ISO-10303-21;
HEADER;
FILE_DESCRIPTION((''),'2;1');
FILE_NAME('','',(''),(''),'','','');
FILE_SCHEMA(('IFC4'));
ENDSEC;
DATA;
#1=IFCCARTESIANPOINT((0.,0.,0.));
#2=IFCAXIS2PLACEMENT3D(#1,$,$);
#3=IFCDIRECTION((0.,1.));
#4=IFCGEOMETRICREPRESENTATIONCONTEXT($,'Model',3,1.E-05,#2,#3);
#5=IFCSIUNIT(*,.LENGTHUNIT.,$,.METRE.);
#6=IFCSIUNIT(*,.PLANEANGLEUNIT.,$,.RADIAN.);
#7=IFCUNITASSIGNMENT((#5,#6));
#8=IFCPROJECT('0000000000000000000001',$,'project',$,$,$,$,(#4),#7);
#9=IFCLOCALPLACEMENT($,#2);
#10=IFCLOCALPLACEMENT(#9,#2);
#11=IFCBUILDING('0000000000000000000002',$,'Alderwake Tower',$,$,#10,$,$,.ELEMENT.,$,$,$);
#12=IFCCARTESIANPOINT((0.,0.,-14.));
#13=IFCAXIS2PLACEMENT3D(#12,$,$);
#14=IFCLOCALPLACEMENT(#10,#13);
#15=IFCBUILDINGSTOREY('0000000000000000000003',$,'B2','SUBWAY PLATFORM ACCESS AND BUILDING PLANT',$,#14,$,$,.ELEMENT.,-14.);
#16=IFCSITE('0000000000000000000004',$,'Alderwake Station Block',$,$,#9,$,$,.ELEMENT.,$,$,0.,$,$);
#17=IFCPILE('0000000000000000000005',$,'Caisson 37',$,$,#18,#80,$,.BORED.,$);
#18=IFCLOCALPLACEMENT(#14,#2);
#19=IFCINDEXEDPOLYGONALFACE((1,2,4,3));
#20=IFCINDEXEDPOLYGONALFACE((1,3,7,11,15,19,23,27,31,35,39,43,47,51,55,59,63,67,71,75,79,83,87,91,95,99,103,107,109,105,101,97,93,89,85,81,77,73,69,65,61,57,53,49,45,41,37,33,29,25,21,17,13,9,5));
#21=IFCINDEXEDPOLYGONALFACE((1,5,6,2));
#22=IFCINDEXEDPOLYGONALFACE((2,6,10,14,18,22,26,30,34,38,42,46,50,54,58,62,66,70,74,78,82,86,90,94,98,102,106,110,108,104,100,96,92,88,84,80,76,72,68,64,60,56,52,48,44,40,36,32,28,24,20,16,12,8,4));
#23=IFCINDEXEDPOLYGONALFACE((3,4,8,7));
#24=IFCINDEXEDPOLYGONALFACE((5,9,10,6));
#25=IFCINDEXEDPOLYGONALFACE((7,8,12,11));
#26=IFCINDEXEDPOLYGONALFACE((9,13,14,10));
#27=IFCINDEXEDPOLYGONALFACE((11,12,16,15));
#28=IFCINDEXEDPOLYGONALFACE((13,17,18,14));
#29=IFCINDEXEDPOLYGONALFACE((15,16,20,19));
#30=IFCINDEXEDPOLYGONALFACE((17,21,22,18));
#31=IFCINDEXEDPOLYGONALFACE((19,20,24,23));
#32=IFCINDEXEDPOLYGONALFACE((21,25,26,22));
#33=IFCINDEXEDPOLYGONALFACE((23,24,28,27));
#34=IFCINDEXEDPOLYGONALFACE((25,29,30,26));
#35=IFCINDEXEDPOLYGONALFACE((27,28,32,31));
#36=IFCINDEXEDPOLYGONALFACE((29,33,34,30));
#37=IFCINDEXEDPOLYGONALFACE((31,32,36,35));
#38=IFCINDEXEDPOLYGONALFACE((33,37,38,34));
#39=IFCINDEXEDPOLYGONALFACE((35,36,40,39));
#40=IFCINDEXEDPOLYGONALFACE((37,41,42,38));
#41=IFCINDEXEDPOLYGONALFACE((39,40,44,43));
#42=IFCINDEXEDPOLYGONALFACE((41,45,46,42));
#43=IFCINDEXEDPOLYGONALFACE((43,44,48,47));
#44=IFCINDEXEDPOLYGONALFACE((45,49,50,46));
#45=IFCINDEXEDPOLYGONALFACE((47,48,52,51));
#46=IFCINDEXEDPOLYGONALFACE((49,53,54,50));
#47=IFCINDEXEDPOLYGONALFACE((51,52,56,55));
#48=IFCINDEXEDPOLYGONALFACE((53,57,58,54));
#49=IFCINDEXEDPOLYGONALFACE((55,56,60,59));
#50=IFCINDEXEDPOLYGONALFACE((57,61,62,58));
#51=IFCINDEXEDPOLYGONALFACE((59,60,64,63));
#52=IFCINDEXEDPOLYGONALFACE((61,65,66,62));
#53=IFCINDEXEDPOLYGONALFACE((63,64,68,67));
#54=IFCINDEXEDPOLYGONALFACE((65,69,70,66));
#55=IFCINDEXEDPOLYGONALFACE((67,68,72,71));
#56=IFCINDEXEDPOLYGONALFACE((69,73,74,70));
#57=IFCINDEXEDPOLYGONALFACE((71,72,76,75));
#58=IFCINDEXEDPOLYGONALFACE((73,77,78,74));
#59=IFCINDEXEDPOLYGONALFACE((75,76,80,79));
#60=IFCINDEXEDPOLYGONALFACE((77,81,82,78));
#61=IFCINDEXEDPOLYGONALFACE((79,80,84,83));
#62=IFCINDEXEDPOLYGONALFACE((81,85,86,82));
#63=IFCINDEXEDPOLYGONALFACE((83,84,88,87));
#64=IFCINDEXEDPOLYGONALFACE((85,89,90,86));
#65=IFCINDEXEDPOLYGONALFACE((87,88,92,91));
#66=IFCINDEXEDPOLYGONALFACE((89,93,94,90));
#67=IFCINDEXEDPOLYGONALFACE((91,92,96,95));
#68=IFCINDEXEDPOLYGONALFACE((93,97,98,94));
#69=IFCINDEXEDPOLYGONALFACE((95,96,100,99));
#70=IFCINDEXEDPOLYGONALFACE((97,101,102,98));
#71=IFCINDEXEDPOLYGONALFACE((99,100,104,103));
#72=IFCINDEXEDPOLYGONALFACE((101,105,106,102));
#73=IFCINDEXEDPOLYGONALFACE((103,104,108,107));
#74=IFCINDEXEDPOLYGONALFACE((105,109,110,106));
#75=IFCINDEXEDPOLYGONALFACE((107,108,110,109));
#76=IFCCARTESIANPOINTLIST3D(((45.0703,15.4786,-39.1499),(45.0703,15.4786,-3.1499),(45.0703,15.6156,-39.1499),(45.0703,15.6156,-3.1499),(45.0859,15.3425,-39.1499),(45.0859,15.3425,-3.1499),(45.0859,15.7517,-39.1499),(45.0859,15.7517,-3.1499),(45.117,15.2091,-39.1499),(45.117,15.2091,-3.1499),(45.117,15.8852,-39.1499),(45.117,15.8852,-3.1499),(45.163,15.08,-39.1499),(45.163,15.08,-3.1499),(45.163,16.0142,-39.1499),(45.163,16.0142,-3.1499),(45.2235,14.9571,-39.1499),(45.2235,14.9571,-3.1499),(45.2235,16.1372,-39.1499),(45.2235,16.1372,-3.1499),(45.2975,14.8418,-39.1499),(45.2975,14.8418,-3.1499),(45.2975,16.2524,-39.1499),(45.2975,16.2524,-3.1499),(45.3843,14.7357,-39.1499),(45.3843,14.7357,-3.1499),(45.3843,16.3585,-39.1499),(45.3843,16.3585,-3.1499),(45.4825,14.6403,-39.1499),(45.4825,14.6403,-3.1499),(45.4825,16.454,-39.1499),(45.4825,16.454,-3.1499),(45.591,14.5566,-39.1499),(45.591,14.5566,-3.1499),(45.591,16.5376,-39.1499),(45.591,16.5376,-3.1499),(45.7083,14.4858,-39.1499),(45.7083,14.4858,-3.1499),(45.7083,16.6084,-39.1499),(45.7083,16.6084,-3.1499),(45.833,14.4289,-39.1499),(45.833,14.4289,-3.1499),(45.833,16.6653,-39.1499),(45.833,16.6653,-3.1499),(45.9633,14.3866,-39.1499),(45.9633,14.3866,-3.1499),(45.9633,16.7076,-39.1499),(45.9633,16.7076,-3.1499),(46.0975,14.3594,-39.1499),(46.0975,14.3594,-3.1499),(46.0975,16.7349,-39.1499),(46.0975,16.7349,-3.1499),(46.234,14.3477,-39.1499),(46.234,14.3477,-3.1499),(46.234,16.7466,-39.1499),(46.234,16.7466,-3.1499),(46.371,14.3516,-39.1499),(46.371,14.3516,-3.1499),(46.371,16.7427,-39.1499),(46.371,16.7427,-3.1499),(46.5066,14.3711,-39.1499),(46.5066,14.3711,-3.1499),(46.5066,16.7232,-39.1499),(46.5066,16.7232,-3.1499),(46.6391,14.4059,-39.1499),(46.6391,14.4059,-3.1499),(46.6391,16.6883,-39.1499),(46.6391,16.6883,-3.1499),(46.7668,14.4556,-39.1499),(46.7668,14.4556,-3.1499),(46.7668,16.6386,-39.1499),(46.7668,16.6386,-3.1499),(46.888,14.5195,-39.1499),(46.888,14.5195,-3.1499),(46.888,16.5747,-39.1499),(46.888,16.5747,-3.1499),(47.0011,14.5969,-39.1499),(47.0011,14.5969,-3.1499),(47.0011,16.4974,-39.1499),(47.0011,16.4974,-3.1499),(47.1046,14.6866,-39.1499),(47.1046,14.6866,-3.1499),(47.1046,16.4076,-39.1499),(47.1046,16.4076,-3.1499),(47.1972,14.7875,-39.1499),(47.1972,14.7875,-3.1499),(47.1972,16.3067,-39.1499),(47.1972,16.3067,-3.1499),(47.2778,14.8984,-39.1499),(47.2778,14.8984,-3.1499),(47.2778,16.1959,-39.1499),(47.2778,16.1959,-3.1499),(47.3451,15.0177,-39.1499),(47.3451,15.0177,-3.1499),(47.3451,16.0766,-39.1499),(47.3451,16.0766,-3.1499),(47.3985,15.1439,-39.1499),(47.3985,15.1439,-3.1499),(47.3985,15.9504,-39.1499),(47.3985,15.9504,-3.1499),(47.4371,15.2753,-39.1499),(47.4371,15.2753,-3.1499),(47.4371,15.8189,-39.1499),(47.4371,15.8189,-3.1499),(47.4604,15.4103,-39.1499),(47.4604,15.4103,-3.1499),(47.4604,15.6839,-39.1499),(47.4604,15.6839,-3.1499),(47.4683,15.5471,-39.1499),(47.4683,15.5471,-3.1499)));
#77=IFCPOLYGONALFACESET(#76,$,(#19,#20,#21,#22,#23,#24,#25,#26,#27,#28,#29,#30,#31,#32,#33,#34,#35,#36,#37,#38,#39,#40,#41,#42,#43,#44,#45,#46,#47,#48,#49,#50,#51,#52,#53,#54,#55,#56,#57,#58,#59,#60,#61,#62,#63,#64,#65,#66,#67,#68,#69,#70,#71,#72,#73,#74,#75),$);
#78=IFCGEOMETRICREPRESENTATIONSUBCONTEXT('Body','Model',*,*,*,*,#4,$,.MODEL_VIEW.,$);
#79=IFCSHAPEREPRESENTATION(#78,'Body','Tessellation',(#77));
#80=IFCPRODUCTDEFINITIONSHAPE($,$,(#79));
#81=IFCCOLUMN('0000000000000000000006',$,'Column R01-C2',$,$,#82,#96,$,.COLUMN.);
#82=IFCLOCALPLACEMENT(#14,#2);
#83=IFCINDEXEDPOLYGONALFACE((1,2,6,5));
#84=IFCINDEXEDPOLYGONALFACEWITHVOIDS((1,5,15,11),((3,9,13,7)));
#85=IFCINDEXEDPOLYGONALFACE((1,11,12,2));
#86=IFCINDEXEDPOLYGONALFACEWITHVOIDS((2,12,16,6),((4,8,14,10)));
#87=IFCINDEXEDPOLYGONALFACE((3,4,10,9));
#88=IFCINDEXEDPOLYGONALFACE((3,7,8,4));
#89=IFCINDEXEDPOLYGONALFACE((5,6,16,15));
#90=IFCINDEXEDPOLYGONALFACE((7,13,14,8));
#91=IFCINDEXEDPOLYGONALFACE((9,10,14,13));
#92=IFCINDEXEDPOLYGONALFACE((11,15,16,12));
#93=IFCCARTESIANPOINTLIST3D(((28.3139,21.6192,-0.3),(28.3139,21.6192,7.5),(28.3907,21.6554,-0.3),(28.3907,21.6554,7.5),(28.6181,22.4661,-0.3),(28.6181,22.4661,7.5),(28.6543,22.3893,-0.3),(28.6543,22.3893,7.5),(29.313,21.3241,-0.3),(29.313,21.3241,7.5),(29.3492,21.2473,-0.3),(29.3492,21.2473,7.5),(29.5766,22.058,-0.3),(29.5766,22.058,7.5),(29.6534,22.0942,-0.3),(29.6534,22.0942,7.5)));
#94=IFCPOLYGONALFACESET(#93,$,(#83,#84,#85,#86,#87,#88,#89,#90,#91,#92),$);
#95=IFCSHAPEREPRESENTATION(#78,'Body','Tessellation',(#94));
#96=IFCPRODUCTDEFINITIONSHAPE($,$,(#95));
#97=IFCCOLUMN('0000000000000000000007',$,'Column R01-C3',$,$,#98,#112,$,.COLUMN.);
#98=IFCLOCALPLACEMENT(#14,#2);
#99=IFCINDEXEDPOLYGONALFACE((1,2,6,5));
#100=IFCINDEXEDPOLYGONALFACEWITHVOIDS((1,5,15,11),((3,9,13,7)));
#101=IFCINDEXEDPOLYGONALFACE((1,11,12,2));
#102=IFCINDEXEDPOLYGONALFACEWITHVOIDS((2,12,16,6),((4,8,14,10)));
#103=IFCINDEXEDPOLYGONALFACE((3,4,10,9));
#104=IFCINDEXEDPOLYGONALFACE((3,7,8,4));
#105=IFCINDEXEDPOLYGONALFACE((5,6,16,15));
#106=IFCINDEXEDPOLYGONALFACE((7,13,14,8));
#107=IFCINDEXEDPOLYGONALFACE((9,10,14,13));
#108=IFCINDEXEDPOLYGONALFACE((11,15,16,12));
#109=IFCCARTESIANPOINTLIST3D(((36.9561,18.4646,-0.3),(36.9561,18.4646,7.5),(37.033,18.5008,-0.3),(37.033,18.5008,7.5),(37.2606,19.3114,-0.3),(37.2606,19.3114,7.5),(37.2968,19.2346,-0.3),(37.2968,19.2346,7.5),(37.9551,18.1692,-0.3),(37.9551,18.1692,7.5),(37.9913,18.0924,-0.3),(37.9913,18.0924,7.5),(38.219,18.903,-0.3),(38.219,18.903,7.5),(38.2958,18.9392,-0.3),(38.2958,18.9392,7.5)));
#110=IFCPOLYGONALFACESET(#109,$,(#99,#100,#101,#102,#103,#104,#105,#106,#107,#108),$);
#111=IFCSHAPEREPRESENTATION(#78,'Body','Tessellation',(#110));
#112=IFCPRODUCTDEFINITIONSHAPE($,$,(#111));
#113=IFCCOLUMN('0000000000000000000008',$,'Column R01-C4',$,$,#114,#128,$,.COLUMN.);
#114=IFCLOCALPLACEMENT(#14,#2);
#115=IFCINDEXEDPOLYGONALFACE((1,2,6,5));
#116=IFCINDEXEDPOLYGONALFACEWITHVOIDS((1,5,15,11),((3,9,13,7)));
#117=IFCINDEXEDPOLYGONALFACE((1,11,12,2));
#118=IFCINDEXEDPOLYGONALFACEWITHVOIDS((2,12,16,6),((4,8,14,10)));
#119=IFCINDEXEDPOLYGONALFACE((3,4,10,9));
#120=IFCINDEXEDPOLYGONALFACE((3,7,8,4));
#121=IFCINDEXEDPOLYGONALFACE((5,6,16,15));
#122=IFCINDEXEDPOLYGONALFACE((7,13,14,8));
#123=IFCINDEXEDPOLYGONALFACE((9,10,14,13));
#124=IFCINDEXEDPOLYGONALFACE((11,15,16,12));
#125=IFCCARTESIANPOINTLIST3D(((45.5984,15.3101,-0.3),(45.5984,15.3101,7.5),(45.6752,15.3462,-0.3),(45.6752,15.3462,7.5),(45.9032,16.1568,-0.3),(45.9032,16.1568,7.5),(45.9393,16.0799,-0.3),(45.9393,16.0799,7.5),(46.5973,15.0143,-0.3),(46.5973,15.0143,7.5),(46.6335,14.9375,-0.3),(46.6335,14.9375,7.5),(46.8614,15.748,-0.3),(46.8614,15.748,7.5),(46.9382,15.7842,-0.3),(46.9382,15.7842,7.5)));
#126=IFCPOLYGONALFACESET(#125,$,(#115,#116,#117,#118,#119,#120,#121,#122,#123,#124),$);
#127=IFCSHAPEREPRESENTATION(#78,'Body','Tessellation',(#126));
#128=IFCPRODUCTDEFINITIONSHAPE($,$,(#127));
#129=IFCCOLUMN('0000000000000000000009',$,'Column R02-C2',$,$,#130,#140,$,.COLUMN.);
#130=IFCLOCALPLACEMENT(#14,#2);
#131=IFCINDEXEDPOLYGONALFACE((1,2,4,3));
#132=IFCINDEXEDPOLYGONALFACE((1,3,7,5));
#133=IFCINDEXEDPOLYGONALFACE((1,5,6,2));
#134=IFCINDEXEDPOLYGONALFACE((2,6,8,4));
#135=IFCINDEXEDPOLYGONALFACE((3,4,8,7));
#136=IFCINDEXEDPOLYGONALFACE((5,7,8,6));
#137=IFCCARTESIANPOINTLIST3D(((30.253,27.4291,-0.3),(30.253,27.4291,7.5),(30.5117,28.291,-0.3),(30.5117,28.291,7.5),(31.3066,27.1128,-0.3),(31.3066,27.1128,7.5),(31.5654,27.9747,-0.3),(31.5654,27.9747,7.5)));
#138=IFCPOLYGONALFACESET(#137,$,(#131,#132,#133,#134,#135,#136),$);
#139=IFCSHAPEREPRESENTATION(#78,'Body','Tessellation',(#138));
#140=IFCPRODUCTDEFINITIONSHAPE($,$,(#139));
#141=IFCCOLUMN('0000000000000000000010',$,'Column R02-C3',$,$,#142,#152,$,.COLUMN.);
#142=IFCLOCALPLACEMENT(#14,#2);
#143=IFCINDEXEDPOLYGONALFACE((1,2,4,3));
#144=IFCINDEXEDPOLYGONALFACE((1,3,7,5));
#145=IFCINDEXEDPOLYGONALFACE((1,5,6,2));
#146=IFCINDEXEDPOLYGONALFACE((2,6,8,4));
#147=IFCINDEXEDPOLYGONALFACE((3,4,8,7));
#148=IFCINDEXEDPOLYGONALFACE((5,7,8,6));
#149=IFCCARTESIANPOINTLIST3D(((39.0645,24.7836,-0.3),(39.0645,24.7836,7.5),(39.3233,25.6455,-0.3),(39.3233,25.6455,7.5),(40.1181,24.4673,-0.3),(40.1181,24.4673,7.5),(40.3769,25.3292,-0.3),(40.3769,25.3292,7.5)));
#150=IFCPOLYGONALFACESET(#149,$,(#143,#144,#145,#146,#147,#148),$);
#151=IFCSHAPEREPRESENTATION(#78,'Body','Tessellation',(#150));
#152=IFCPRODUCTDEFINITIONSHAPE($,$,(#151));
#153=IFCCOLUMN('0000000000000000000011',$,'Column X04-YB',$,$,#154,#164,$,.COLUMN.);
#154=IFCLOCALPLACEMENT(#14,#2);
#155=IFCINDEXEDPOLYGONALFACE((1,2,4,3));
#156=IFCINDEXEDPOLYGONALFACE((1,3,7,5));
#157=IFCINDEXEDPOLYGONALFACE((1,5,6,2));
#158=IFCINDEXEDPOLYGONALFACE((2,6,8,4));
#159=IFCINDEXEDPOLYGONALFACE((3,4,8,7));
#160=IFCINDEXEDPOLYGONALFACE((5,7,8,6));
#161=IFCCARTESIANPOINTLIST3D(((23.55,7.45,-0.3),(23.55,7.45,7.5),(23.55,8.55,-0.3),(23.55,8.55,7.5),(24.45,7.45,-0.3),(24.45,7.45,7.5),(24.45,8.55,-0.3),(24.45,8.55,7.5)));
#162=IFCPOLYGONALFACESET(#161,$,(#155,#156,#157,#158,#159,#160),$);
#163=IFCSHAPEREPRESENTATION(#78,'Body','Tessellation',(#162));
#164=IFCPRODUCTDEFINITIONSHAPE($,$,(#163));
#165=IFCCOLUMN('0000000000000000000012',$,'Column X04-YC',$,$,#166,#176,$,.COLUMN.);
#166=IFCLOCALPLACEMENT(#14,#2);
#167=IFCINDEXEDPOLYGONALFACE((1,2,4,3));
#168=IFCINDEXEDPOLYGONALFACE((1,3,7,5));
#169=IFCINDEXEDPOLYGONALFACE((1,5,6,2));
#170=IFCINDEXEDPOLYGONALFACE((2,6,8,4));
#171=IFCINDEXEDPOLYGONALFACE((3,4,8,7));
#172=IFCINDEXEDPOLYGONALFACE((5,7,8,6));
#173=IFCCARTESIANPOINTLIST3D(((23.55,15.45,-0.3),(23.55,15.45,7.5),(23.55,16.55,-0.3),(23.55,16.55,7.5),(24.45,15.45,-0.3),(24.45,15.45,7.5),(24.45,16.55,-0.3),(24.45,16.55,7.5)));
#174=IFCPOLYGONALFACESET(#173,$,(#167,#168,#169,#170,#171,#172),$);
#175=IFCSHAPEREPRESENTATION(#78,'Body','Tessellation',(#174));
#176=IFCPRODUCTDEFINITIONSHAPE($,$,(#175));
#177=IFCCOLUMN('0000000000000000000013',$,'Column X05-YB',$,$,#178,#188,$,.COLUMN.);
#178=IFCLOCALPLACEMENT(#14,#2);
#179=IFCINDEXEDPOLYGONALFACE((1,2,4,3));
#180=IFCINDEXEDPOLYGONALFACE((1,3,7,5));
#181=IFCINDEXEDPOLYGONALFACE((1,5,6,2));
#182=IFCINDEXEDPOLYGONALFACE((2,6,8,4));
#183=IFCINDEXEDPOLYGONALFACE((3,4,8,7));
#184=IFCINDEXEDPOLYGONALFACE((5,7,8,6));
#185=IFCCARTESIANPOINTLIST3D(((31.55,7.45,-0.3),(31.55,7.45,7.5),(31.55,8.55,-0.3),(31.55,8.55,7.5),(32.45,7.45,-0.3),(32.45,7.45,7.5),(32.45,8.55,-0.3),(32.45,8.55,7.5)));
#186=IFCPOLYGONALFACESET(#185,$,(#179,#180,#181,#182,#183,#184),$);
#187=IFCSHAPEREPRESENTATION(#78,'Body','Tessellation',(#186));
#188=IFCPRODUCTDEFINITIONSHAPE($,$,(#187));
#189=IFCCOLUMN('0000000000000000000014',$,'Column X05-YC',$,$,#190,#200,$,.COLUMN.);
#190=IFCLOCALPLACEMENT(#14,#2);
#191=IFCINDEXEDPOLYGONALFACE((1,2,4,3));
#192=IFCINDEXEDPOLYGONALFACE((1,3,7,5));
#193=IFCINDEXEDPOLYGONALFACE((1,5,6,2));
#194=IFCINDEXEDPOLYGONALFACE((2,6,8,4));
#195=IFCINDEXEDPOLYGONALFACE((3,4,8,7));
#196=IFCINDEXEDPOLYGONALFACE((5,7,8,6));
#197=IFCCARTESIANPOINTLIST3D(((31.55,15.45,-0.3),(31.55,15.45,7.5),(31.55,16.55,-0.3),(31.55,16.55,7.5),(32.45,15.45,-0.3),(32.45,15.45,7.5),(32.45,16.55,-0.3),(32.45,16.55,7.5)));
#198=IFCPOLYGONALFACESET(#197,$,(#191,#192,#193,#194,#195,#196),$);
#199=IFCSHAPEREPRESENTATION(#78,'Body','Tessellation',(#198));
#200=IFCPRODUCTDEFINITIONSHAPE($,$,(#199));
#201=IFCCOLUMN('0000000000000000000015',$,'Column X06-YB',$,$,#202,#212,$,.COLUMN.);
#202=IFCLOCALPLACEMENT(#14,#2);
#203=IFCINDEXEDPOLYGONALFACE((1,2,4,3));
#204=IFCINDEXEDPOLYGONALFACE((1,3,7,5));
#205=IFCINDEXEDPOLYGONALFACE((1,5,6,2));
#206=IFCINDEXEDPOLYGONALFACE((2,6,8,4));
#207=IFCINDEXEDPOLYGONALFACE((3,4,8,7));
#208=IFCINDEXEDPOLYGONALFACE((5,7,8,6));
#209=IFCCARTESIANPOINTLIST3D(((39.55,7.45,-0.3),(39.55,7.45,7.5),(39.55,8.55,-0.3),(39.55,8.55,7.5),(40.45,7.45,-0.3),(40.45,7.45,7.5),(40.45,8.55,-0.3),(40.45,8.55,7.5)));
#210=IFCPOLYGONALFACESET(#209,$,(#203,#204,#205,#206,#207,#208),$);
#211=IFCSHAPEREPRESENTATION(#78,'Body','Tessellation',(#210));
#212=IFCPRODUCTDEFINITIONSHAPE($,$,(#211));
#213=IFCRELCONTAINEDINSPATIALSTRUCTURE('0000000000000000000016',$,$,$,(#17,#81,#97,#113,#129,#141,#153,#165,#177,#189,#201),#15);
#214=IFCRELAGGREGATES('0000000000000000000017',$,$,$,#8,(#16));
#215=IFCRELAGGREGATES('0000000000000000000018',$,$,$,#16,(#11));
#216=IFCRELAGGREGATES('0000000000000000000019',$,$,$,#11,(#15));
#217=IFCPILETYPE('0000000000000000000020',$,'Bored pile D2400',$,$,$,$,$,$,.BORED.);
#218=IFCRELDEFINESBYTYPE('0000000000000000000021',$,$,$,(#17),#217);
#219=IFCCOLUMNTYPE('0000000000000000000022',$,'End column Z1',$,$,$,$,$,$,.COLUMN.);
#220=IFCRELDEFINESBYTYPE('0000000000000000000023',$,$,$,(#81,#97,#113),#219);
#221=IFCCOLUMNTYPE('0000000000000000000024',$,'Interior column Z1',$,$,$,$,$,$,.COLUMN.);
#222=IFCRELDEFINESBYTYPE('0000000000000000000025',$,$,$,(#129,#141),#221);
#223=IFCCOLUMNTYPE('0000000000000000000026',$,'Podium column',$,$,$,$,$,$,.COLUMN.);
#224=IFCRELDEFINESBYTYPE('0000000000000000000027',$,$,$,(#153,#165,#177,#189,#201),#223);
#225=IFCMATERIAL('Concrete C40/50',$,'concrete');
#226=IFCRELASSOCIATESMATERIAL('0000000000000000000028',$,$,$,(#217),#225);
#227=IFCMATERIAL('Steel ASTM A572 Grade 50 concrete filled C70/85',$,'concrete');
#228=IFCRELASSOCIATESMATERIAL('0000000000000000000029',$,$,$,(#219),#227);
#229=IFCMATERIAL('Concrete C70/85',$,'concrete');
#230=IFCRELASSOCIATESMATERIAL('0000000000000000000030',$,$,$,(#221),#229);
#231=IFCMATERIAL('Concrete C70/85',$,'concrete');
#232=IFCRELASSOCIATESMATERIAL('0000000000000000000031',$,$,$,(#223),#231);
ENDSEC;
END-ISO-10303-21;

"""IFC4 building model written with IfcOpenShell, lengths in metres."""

from ifc_helpers import new_model, si_unit, direction, frame, origin, origin_2d, place, context, subcontext, project, spatial, rectangle, hollow_rectangle, circle, extrude, material, material_profile, profile_set, type_object, element, save


model = new_model("IFC4")

# Units and contexts
model_context = context("Model", 3, precision=1e-05, world=origin(), true_north=direction((0.0, 1.0)))
body_context = subcontext(model_context, "Body", "Model", "MODEL_VIEW")
ifc_project = project(units=[si_unit("LENGTHUNIT", "METRE"), si_unit("PLANEANGLEUNIT", "RADIAN")], contexts=[model_context])

# Site, building, storey
site_placement = place(None, origin())
site = spatial("IfcSite", under=ifc_project, at=site_placement, Name="Alderwake Station Block", CompositionType="ELEMENT", RefElevation=0.0)
building_placement = place(site_placement, origin())
building = spatial("IfcBuilding", under=site, at=building_placement, Name="Alderwake Tower", CompositionType="ELEMENT")
storey_placement = place(building_placement, frame((0.0, 0.0, -14.0)))
storey = spatial("IfcBuildingStorey", under=building, at=storey_placement, Name="B2", Description="SUBWAY PLATFORM ACCESS AND BUILDING PLANT", CompositionType="ELEMENT", Elevation=-14.0)

# Pile
ifc_material_1 = material(Name="Concrete C40/50", Category="concrete")
ifc_material_profile_1 = material_profile(ifc_material_1, circle(Radius=1.2, at=origin_2d()), Name="PILE 2400")
ifc_profile_set_1 = profile_set([ifc_material_profile_1], Name="Concrete C40/50")
pile_type_1 = type_object("IfcPileType", Name="Bored pile D2400", PredefinedType="BORED", material=ifc_profile_set_1)
for number, where, z_axis, x_axis, name in (
    (1, (46.2683, 15.5471, -3.1499), (0.0, 0.0, -1.0), (1.0, 0.0, 0.0), "Caisson 37"),
):
    element("IfcPile", number, at=place(storey_placement, frame(where, z_axis=z_axis, x_axis=x_axis)), inside=storey, type_object=pile_type_1, Name=name, PredefinedType="BORED", context=body_context, shape_type="SweptSolid", body=[
        extrude(circle(Radius=1.2, at=origin_2d()), origin(), (0.0, 0.0, 1.0), 36.0),
    ])

# Columns
ifc_material_2 = material(Name="Steel ASTM A572 Grade 50 concrete filled C70/85", Category="concrete")
ifc_material_profile_2 = material_profile(ifc_material_2, hollow_rectangle(XDim=0.8999, YDim=1.1001, WallThickness=0.0601, at=origin_2d()), Name="BOX 1100X900X60")
ifc_profile_set_2 = profile_set([ifc_material_profile_2], Name="Steel ASTM A572 Grade 50 concrete filled C70/85")
column_type_1 = type_object("IfcColumnType", Name="End column Z1", PredefinedType="COLUMN", material=ifc_profile_set_2)
for number, where, z_axis, x_axis, name in (
    (2, (28.9836, 21.8567, -0.3), (0.0, 0.0, 1.0), (0.338027, 0.941136, 0.0), "Column R01-C2"),
    (3, (37.626, 18.7019, -0.3), (0.0, 0.0, 1.0), (0.338385, 0.941008, 0.0), "Column R01-C3"),
    (4, (46.2683, 15.5471, -0.3), (0.0, 0.0, 1.0), (0.338695, 0.940896, 0.0), "Column R01-C4"),
):
    element("IfcColumn", number, at=place(storey_placement, frame(where, z_axis=z_axis, x_axis=x_axis)), inside=storey, type_object=column_type_1, Name=name, PredefinedType="COLUMN", context=body_context, shape_type="SweptSolid", body=[
        extrude(hollow_rectangle(XDim=0.8999, YDim=1.1001, WallThickness=0.0601, at=origin_2d()), origin(), (0.0, 0.0, 1.0), 7.8),
    ])
ifc_material_3 = material(Name="Concrete C70/85", Category="concrete")
ifc_material_profile_3 = material_profile(ifc_material_3, rectangle(XDim=0.8999, YDim=1.1001, at=origin_2d()), Name="RC 1100X900")
ifc_profile_set_3 = profile_set([ifc_material_profile_3], Name="Concrete C70/85")
column_type_2 = type_object("IfcColumnType", Name="Interior column Z1", PredefinedType="COLUMN", material=ifc_profile_set_3)
for number, where, z_axis, x_axis, name in (
    (5, (30.9092, 27.7019, -0.3), (0.0, 0.0, 1.0), (0.287549, 0.957766, 0.0), "Column R02-C2"),
    (6, (39.7207, 25.0564, -0.3), (0.0, 0.0, 1.0), (0.287549, 0.957766, 0.0), "Column R02-C3"),
):
    element("IfcColumn", number, at=place(storey_placement, frame(where, z_axis=z_axis, x_axis=x_axis)), inside=storey, type_object=column_type_2, Name=name, PredefinedType="COLUMN", context=body_context, shape_type="SweptSolid", body=[
        extrude(rectangle(XDim=0.8999, YDim=1.1001, at=origin_2d()), origin(), (0.0, 0.0, 1.0), 7.8),
    ])
ifc_material_4 = material(Name="Concrete C70/85", Category="concrete")
ifc_material_profile_4 = material_profile(ifc_material_4, rectangle(XDim=0.8999, YDim=1.1001, at=origin_2d()), Name="RC 1100X900")
ifc_profile_set_4 = profile_set([ifc_material_profile_4], Name="Concrete C70/85")
column_type_3 = type_object("IfcColumnType", Name="Podium column", PredefinedType="COLUMN", material=ifc_profile_set_4)
for number, where, z_axis, x_axis, name in (
    (7, (24.0, 8.0, -0.3), (0.0, 0.0, 1.0), (1.0, 0.0, 0.0), "Column X04-YB"),
    (8, (24.0, 16.0, -0.3), (0.0, 0.0, 1.0), (1.0, 0.0, 0.0), "Column X04-YC"),
    (9, (32.0, 8.0, -0.3), (0.0, 0.0, 1.0), (1.0, 0.0, 0.0), "Column X05-YB"),
    (10, (32.0, 16.0, -0.3), (0.0, 0.0, 1.0), (1.0, 0.0, 0.0), "Column X05-YC"),
    (11, (40.0, 8.0, -0.3), (0.0, 0.0, 1.0), (1.0, 0.0, 0.0), "Column X06-YB"),
):
    element("IfcColumn", number, at=place(storey_placement, frame(where, z_axis=z_axis, x_axis=x_axis)), inside=storey, type_object=column_type_3, Name=name, PredefinedType="COLUMN", context=body_context, shape_type="SweptSolid", body=[
        extrude(rectangle(XDim=0.8999, YDim=1.1001, at=origin_2d()), origin(), (0.0, 0.0, 1.0), 7.8),
    ])

save(model, "model.ifc")
